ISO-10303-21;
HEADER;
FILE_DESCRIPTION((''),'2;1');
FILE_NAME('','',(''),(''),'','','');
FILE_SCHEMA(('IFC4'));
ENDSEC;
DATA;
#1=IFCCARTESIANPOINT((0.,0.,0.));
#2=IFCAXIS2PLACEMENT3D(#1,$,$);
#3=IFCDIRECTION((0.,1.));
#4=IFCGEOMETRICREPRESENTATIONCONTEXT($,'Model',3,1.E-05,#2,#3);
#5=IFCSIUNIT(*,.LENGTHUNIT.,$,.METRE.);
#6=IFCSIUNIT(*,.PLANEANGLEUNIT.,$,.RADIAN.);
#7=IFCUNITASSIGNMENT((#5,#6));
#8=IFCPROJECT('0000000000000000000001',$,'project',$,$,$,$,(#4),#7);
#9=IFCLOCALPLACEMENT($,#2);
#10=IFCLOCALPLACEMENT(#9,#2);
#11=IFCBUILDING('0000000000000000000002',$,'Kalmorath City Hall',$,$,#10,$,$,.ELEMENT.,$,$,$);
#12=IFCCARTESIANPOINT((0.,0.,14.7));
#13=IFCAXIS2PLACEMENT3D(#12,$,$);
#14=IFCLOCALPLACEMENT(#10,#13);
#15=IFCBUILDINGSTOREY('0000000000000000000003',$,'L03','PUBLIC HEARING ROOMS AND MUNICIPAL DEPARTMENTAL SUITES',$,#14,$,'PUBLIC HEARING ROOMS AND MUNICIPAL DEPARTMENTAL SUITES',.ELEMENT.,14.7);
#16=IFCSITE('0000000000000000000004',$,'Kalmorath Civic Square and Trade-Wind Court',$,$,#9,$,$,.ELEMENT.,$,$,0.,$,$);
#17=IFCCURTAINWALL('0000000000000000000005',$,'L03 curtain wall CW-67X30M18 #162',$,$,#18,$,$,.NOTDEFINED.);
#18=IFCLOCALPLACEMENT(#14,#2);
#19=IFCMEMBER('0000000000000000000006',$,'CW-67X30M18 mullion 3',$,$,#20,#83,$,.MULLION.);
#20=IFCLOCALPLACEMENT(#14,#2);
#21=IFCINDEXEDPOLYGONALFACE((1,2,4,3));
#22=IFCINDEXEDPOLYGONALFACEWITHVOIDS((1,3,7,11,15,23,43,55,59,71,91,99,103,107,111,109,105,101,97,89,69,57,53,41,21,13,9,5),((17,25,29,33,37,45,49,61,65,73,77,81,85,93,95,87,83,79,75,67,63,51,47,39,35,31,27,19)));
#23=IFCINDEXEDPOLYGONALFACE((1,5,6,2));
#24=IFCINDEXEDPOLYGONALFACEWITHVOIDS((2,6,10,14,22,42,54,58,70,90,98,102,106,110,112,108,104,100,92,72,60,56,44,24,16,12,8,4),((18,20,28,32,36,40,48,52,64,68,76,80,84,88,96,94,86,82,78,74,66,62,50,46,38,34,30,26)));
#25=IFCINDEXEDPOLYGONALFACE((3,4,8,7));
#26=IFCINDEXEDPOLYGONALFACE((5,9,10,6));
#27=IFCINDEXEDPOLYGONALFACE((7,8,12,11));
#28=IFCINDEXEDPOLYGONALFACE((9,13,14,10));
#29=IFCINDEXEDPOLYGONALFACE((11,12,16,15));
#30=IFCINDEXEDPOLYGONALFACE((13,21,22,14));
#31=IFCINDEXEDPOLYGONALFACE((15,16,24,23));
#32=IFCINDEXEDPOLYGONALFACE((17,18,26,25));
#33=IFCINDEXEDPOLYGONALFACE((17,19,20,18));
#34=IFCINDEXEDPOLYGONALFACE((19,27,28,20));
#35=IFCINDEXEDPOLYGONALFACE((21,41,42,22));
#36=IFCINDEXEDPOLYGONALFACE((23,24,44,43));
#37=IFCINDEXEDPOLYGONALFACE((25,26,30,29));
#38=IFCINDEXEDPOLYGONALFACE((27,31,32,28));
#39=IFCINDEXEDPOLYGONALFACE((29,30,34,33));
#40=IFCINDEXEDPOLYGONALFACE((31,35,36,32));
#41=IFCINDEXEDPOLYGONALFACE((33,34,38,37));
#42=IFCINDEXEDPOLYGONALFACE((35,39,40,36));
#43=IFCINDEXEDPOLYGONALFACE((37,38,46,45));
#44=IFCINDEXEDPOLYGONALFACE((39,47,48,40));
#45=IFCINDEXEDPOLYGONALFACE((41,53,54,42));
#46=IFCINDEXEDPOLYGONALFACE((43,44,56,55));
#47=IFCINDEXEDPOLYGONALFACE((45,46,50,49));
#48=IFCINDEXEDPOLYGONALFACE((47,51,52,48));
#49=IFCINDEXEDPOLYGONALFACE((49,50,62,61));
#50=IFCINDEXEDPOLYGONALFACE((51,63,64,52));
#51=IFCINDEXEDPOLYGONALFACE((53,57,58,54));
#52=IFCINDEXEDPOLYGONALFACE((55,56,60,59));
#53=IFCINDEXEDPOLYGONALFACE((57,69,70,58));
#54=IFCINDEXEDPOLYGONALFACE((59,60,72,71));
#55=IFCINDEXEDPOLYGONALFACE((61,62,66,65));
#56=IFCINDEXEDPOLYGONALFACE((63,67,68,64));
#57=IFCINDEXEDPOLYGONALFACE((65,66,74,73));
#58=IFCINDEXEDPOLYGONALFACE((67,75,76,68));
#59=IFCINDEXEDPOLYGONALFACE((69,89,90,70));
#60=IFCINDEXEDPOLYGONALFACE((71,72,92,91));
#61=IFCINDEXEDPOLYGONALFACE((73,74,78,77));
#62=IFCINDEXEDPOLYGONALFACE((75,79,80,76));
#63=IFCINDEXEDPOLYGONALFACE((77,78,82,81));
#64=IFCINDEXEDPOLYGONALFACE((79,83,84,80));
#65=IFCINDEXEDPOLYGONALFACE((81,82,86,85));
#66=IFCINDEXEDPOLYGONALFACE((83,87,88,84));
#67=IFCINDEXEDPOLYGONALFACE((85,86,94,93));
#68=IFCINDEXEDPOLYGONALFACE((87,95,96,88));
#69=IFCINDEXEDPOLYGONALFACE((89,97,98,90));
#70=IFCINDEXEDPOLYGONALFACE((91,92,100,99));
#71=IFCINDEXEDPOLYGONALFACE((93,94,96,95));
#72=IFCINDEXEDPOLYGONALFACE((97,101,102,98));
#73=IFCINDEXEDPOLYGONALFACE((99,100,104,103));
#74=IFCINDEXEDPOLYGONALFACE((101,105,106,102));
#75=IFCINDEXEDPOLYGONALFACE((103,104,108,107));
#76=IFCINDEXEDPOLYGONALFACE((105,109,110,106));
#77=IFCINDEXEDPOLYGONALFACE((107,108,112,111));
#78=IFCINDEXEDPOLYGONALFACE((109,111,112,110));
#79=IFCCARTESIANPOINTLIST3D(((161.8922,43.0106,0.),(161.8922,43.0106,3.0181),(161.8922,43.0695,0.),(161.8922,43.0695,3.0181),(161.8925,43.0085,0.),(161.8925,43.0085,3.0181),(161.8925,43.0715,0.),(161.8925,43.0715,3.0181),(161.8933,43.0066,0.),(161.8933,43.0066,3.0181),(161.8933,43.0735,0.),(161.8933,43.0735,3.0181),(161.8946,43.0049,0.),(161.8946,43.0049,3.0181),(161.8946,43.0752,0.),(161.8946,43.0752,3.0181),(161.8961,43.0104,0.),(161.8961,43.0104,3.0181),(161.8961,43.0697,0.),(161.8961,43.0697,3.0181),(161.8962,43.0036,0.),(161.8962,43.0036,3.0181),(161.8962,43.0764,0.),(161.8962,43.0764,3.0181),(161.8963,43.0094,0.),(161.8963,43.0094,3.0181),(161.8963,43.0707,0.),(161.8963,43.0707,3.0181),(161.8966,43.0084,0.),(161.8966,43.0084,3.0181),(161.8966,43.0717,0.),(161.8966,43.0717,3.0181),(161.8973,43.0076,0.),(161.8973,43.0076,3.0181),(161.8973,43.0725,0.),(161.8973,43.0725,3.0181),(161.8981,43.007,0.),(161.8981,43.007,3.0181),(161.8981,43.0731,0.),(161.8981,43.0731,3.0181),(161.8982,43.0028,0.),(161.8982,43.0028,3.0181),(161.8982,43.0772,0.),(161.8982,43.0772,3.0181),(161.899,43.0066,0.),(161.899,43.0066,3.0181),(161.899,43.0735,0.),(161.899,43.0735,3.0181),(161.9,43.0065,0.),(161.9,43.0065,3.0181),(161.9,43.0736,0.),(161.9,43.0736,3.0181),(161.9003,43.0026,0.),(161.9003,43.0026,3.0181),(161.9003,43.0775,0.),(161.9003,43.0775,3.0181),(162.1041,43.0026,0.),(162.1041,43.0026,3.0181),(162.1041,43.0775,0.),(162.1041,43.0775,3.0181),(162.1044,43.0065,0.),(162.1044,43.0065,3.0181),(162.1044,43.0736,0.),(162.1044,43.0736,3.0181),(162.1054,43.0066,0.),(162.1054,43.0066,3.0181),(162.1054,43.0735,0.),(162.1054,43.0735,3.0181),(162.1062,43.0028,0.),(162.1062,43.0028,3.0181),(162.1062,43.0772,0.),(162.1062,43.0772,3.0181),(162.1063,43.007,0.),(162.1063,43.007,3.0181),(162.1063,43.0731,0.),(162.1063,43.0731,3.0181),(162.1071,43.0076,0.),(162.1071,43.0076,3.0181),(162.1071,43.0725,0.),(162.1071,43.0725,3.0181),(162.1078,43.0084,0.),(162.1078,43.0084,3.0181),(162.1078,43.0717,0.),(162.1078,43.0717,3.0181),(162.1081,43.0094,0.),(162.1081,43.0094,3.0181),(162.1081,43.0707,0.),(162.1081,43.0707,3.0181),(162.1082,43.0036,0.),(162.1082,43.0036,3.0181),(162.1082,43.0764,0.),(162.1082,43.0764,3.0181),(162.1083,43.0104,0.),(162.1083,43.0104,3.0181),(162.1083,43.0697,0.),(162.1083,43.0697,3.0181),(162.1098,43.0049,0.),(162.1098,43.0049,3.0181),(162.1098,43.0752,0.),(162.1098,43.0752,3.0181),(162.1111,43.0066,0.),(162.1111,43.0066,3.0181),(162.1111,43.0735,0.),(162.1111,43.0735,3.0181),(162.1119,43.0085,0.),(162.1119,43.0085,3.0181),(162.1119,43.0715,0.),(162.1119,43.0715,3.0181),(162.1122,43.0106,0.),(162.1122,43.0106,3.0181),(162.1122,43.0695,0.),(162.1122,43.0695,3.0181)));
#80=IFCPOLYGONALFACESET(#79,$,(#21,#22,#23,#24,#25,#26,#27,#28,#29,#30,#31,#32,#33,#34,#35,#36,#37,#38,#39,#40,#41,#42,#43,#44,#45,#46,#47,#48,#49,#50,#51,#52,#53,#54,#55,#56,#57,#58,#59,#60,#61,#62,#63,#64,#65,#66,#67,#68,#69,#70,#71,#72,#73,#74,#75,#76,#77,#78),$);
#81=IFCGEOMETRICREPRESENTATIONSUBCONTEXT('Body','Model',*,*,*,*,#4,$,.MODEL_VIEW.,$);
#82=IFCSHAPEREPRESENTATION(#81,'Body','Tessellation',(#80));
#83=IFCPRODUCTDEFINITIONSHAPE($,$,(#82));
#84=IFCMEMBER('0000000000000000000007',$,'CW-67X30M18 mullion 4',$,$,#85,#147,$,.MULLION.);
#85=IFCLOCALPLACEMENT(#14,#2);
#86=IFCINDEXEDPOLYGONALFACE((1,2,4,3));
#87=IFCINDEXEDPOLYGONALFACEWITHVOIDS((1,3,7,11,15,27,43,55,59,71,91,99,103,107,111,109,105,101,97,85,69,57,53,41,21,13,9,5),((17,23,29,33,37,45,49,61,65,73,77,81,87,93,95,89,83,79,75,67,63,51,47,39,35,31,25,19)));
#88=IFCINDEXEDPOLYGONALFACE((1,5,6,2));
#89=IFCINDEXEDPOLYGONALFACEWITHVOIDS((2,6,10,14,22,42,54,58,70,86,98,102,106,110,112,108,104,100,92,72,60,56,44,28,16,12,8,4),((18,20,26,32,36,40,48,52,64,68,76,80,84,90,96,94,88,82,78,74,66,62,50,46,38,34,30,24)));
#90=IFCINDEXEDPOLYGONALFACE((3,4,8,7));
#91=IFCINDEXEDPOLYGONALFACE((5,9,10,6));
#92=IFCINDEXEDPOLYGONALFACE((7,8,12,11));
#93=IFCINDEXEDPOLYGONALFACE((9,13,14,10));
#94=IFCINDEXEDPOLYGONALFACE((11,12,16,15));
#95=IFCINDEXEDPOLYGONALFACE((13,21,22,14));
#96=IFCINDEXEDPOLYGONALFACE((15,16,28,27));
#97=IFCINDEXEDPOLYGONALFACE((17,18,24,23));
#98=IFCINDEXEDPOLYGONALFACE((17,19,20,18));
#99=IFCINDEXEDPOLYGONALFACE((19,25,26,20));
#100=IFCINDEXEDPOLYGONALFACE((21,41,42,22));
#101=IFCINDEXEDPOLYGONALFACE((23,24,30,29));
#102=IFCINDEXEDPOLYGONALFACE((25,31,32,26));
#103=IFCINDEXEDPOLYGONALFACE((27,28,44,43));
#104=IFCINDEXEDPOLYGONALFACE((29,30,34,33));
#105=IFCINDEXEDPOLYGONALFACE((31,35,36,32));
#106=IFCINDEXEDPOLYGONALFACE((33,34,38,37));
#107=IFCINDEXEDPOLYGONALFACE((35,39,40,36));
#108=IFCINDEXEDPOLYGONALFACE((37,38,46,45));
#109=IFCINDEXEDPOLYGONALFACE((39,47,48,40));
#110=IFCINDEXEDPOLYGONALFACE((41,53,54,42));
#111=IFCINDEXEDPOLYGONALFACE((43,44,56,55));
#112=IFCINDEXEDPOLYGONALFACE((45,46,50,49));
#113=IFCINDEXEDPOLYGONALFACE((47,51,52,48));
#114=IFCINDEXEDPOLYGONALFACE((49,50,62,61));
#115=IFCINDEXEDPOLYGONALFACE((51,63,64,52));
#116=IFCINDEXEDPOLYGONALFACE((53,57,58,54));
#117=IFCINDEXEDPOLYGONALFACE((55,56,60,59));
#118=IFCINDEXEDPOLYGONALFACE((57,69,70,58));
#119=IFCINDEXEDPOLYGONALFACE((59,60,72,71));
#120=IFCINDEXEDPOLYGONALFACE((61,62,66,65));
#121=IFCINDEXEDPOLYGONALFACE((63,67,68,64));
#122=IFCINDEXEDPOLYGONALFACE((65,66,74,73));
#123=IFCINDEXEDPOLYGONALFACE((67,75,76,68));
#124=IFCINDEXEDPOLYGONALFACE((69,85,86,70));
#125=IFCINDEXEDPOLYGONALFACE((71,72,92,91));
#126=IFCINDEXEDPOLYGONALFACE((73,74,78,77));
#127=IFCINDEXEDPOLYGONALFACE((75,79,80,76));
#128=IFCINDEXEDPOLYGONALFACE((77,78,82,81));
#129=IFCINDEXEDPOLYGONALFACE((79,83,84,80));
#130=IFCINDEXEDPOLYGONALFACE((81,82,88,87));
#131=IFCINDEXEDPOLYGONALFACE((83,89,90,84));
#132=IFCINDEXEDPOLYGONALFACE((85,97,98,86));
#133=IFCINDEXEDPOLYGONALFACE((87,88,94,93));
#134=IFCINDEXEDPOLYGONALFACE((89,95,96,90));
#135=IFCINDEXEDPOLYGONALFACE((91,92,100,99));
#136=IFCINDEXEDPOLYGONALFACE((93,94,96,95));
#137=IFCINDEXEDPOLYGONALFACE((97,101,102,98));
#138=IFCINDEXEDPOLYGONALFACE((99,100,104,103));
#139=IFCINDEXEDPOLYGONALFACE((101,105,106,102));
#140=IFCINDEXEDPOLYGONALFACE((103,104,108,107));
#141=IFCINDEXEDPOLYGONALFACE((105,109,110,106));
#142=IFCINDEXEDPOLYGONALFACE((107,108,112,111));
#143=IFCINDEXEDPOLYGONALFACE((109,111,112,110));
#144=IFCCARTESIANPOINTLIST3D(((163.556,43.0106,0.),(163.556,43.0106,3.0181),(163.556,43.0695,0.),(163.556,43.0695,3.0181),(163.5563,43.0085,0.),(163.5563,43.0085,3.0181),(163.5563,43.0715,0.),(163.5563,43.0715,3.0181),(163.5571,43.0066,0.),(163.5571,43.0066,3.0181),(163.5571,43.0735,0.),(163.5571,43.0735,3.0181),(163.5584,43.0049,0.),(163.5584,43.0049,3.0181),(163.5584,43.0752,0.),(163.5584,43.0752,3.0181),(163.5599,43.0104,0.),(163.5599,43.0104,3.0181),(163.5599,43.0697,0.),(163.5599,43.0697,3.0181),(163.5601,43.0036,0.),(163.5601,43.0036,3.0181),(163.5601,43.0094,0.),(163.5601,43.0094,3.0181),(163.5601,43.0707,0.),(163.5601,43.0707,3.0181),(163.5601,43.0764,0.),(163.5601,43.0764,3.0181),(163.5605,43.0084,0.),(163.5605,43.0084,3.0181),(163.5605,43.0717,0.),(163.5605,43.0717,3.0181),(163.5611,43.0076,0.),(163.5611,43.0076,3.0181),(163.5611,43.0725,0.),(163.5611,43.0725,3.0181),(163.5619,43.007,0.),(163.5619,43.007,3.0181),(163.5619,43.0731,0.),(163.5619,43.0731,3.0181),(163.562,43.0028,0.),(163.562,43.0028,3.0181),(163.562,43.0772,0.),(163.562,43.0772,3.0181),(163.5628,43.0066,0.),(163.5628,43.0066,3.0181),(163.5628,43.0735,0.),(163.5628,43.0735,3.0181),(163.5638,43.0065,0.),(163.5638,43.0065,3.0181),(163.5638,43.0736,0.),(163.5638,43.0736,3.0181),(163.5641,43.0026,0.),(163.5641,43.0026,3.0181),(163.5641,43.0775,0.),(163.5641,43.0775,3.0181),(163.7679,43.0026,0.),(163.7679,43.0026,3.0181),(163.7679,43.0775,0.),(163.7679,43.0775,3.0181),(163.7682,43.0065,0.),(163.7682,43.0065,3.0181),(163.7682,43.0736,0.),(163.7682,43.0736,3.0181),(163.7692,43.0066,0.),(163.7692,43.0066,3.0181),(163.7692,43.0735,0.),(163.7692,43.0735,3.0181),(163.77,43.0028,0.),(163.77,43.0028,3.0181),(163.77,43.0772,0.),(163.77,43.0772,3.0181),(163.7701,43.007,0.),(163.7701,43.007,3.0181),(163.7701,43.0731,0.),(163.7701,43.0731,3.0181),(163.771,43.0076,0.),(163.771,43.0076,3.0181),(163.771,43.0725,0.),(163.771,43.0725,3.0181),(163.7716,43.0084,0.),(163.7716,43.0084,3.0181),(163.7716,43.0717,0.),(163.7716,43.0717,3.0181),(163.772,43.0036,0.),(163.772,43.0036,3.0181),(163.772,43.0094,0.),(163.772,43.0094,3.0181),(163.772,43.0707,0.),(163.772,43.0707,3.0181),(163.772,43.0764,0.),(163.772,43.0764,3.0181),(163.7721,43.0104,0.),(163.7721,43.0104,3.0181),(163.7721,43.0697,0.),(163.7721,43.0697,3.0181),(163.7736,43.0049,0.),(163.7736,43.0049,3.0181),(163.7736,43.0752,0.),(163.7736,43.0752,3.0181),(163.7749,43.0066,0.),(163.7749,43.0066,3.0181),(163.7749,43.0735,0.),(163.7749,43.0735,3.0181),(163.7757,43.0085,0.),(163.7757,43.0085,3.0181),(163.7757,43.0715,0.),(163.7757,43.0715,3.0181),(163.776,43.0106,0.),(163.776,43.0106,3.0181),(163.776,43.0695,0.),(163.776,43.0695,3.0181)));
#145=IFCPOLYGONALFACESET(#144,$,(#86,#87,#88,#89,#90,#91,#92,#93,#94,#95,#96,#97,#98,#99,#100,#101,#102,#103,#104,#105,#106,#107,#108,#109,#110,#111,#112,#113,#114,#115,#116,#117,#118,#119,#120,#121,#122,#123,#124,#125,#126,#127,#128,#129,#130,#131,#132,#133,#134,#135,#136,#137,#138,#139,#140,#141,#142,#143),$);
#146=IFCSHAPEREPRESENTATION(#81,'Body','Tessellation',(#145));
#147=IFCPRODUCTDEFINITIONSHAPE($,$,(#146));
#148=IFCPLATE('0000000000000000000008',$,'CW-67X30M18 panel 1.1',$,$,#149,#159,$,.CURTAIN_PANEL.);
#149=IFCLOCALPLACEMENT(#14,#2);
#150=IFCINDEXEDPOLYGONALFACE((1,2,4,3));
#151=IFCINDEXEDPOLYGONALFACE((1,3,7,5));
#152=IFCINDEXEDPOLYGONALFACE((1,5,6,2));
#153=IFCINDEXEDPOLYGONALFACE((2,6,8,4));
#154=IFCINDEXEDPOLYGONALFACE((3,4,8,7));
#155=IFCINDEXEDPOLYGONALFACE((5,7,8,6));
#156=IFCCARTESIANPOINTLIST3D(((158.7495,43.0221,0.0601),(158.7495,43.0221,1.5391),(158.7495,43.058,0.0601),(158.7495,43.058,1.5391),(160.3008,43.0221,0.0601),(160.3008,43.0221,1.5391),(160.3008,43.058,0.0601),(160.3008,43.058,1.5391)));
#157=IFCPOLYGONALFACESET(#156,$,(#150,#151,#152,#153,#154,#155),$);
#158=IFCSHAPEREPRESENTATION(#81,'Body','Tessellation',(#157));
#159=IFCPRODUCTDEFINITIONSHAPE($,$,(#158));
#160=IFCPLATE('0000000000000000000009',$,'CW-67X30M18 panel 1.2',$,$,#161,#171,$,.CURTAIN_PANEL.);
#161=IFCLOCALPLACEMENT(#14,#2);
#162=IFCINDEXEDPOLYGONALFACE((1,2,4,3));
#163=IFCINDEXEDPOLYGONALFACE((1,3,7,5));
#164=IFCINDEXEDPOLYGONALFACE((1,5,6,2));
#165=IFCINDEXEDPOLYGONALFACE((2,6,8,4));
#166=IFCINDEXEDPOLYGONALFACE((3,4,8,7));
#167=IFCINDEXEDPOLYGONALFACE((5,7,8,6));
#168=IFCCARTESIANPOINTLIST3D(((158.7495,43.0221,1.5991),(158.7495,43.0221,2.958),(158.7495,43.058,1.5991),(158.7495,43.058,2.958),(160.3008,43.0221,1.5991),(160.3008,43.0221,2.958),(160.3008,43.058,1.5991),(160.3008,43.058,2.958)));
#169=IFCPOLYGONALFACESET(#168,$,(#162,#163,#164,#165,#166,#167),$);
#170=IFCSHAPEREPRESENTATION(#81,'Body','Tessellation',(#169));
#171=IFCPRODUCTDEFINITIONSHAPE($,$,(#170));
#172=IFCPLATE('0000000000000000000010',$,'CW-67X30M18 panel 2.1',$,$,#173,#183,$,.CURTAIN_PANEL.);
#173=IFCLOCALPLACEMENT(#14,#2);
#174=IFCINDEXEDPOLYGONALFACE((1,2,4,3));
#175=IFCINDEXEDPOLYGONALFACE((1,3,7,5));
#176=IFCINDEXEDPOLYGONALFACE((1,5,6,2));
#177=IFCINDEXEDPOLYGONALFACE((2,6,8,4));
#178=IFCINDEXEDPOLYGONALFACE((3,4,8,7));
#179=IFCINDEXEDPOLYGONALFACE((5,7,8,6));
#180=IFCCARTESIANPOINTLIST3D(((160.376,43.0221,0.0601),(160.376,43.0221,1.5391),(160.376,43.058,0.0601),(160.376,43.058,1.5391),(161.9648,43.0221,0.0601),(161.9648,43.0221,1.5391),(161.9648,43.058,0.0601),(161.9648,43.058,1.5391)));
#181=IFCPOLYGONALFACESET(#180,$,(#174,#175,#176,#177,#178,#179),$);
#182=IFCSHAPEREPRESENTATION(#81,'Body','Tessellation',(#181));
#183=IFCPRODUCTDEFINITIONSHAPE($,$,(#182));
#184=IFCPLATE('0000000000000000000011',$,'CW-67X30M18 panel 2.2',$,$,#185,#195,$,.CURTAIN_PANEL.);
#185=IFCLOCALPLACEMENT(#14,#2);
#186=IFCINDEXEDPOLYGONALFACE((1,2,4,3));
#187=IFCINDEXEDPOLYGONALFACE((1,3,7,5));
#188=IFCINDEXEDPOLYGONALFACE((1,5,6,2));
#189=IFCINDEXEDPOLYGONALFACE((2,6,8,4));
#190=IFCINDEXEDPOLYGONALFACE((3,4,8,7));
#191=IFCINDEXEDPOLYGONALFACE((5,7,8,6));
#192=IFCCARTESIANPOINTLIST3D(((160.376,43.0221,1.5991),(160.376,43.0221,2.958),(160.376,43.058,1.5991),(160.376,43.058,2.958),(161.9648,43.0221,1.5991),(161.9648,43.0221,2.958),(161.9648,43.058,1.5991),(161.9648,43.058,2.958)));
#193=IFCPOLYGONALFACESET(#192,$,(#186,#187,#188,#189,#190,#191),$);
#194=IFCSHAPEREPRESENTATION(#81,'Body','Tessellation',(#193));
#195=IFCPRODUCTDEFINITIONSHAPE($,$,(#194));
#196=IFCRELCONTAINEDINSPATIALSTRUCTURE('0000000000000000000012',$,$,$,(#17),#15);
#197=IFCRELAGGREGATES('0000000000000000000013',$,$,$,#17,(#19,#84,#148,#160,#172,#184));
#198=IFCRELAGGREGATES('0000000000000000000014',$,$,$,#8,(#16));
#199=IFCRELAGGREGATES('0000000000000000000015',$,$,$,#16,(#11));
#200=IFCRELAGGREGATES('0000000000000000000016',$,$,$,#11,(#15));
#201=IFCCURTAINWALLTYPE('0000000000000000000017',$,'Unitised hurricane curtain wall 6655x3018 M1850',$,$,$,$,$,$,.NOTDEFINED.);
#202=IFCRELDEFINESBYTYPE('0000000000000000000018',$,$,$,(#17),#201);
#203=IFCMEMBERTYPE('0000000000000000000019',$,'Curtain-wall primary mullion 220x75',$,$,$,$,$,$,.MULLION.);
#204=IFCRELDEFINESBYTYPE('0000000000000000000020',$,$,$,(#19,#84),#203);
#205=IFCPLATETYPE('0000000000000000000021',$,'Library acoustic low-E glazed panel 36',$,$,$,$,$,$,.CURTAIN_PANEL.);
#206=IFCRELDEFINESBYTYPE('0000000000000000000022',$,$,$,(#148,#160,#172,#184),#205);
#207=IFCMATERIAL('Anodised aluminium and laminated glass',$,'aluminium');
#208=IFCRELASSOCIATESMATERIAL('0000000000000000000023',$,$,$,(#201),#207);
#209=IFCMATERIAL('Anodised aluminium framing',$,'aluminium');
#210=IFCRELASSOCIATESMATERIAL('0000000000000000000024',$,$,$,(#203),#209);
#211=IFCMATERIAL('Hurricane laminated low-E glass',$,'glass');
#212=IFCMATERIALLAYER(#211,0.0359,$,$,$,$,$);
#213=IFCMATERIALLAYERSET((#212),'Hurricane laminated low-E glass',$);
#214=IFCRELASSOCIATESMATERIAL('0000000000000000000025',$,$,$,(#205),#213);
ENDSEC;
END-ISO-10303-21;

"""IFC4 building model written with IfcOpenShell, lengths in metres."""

from ifc_helpers import new_model, si_unit, direction, frame, origin, origin_2d, place, context, subcontext, project, spatial, rectangle, hollow_rectangle, extrude, material, layer, layer_set, material_profile, profile_set, type_object, element, aggregate, save


model = new_model("IFC4")

# Units and contexts
model_context = context("Model", 3, precision=1e-05, world=origin(), true_north=direction((0.0, 1.0)))
body_context = subcontext(model_context, "Body", "Model", "MODEL_VIEW")
ifc_project = project(units=[si_unit("LENGTHUNIT", "METRE"), si_unit("PLANEANGLEUNIT", "RADIAN")], contexts=[model_context])

# Site, building, storey
site_placement = place(None, origin())
site = spatial("IfcSite", under=ifc_project, at=site_placement, Name="Kalmorath Civic Square and Trade-Wind Court", CompositionType="ELEMENT", RefElevation=0.0)
building_placement = place(site_placement, origin())
building = spatial("IfcBuilding", under=site, at=building_placement, Name="Kalmorath City Hall", CompositionType="ELEMENT")
storey_placement = place(building_placement, frame((0.0, 0.0, 14.7)))
storey = spatial("IfcBuildingStorey", under=building, at=storey_placement, Name="L03", Description="PUBLIC HEARING ROOMS AND MUNICIPAL DEPARTMENTAL SUITES", LongName="PUBLIC HEARING ROOMS AND MUNICIPAL DEPARTMENTAL SUITES", CompositionType="ELEMENT", Elevation=14.7)

# Curtain wall, members, plates
ifc_material_1 = material(Name="Anodised aluminium and laminated glass", Category="aluminium")
curtain_wall_type = type_object("IfcCurtainWallType", Name="Unitised hurricane curtain wall 6655x3018 M1850", PredefinedType="NOTDEFINED", material=ifc_material_1)
curtain_wall_placement = place(storey_placement, origin())
curtain_wall = element("IfcCurtainWall", 1, at=curtain_wall_placement, inside=storey, type_object=curtain_wall_type, Name="L03 curtain wall CW-67X30M18 #162", PredefinedType="NOTDEFINED")
ifc_material_2 = material(Name="Anodised aluminium framing", Category="aluminium")
ifc_material_profile_1 = material_profile(ifc_material_2, hollow_rectangle(XDim=0.075, YDim=0.22, WallThickness=0.0039, InnerFilletRadius=0.0039, OuterFilletRadius=0.0081, at=origin_2d()), Name="ALU-MUL-220X75X4")
ifc_profile_set_1 = profile_set([ifc_material_profile_1], Name="Anodised aluminium framing")
member_type_1 = type_object("IfcMemberType", Name="Curtain-wall primary mullion 220x75", PredefinedType="MULLION", material=ifc_profile_set_1)
member_1_placement = place(storey_placement, frame((162.0022, 43.04, 0.0), z_axis=(0.0, 0.0, 1.0), x_axis=(0.0, 1.0, 0.0)))
member_1 = element("IfcMember", 2, at=member_1_placement, type_object=member_type_1, Name="CW-67X30M18 mullion 3", PredefinedType="MULLION", context=body_context, shape_type="SweptSolid", body=[
    extrude(hollow_rectangle(XDim=0.075, YDim=0.22, WallThickness=0.0039, InnerFilletRadius=0.0039, OuterFilletRadius=0.0081, at=origin_2d()), origin(), (0.0, 0.0, 1.0), 3.0181),
])
member_2_placement = place(storey_placement, frame((163.666, 43.04, 0.0), z_axis=(0.0, 0.0, 1.0), x_axis=(0.0, 1.0, 0.0)))
member_2 = element("IfcMember", 3, at=member_2_placement, type_object=member_type_1, Name="CW-67X30M18 mullion 4", PredefinedType="MULLION", context=body_context, shape_type="SweptSolid", body=[
    extrude(hollow_rectangle(XDim=0.075, YDim=0.22, WallThickness=0.0039, InnerFilletRadius=0.0039, OuterFilletRadius=0.0081, at=origin_2d()), origin(), (0.0, 0.0, 1.0), 3.0181),
])
ifc_material_3 = material(Name="Hurricane laminated low-E glass", Category="glass")
ifc_layer_1 = layer(ifc_material_3, 0.0359)
ifc_layer_set_1 = layer_set([ifc_layer_1], Name="Hurricane laminated low-E glass")
plate_type = type_object("IfcPlateType", Name="Library acoustic low-E glazed panel 36", PredefinedType="CURTAIN_PANEL", material=ifc_layer_set_1)
plate_1_placement = place(storey_placement, frame((159.5251, 43.04, 0.0601), z_axis=(0.0, 0.0, 1.0), x_axis=(1.0, 0.0, 0.0)))
plate_1 = element("IfcPlate", 4, at=plate_1_placement, type_object=plate_type, Name="CW-67X30M18 panel 1.1", PredefinedType="CURTAIN_PANEL", context=body_context, shape_type="SweptSolid", body=[
    extrude(rectangle(XDim=1.5513, YDim=0.0359, at=origin_2d()), origin(), (0.0, 0.0, 1.0), 1.479),
])
plate_2_placement = place(storey_placement, frame((159.5251, 43.04, 1.5991), z_axis=(0.0, 0.0, 1.0), x_axis=(1.0, 0.0, 0.0)))
plate_2 = element("IfcPlate", 5, at=plate_2_placement, type_object=plate_type, Name="CW-67X30M18 panel 1.2", PredefinedType="CURTAIN_PANEL", context=body_context, shape_type="SweptSolid", body=[
    extrude(rectangle(XDim=1.5513, YDim=0.0359, at=origin_2d()), origin(), (0.0, 0.0, 1.0), 1.3589),
])
plate_3_placement = place(storey_placement, frame((161.1704, 43.04, 0.0601), z_axis=(0.0, 0.0, 1.0), x_axis=(1.0, 0.0, 0.0)))
plate_3 = element("IfcPlate", 6, at=plate_3_placement, type_object=plate_type, Name="CW-67X30M18 panel 2.1", PredefinedType="CURTAIN_PANEL", context=body_context, shape_type="SweptSolid", body=[
    extrude(rectangle(XDim=1.5889, YDim=0.0359, at=origin_2d()), origin(), (0.0, 0.0, 1.0), 1.479),
])
plate_4_placement = place(storey_placement, frame((161.1704, 43.04, 1.5991), z_axis=(0.0, 0.0, 1.0), x_axis=(1.0, 0.0, 0.0)))
plate_4 = element("IfcPlate", 7, at=plate_4_placement, type_object=plate_type, Name="CW-67X30M18 panel 2.2", PredefinedType="CURTAIN_PANEL", context=body_context, shape_type="SweptSolid", body=[
    extrude(rectangle(XDim=1.5889, YDim=0.0359, at=origin_2d()), origin(), (0.0, 0.0, 1.0), 1.3589),
])
aggregate(curtain_wall, [member_1, member_2, plate_1, plate_2, plate_3, plate_4])

save(model, "model.ifc")
